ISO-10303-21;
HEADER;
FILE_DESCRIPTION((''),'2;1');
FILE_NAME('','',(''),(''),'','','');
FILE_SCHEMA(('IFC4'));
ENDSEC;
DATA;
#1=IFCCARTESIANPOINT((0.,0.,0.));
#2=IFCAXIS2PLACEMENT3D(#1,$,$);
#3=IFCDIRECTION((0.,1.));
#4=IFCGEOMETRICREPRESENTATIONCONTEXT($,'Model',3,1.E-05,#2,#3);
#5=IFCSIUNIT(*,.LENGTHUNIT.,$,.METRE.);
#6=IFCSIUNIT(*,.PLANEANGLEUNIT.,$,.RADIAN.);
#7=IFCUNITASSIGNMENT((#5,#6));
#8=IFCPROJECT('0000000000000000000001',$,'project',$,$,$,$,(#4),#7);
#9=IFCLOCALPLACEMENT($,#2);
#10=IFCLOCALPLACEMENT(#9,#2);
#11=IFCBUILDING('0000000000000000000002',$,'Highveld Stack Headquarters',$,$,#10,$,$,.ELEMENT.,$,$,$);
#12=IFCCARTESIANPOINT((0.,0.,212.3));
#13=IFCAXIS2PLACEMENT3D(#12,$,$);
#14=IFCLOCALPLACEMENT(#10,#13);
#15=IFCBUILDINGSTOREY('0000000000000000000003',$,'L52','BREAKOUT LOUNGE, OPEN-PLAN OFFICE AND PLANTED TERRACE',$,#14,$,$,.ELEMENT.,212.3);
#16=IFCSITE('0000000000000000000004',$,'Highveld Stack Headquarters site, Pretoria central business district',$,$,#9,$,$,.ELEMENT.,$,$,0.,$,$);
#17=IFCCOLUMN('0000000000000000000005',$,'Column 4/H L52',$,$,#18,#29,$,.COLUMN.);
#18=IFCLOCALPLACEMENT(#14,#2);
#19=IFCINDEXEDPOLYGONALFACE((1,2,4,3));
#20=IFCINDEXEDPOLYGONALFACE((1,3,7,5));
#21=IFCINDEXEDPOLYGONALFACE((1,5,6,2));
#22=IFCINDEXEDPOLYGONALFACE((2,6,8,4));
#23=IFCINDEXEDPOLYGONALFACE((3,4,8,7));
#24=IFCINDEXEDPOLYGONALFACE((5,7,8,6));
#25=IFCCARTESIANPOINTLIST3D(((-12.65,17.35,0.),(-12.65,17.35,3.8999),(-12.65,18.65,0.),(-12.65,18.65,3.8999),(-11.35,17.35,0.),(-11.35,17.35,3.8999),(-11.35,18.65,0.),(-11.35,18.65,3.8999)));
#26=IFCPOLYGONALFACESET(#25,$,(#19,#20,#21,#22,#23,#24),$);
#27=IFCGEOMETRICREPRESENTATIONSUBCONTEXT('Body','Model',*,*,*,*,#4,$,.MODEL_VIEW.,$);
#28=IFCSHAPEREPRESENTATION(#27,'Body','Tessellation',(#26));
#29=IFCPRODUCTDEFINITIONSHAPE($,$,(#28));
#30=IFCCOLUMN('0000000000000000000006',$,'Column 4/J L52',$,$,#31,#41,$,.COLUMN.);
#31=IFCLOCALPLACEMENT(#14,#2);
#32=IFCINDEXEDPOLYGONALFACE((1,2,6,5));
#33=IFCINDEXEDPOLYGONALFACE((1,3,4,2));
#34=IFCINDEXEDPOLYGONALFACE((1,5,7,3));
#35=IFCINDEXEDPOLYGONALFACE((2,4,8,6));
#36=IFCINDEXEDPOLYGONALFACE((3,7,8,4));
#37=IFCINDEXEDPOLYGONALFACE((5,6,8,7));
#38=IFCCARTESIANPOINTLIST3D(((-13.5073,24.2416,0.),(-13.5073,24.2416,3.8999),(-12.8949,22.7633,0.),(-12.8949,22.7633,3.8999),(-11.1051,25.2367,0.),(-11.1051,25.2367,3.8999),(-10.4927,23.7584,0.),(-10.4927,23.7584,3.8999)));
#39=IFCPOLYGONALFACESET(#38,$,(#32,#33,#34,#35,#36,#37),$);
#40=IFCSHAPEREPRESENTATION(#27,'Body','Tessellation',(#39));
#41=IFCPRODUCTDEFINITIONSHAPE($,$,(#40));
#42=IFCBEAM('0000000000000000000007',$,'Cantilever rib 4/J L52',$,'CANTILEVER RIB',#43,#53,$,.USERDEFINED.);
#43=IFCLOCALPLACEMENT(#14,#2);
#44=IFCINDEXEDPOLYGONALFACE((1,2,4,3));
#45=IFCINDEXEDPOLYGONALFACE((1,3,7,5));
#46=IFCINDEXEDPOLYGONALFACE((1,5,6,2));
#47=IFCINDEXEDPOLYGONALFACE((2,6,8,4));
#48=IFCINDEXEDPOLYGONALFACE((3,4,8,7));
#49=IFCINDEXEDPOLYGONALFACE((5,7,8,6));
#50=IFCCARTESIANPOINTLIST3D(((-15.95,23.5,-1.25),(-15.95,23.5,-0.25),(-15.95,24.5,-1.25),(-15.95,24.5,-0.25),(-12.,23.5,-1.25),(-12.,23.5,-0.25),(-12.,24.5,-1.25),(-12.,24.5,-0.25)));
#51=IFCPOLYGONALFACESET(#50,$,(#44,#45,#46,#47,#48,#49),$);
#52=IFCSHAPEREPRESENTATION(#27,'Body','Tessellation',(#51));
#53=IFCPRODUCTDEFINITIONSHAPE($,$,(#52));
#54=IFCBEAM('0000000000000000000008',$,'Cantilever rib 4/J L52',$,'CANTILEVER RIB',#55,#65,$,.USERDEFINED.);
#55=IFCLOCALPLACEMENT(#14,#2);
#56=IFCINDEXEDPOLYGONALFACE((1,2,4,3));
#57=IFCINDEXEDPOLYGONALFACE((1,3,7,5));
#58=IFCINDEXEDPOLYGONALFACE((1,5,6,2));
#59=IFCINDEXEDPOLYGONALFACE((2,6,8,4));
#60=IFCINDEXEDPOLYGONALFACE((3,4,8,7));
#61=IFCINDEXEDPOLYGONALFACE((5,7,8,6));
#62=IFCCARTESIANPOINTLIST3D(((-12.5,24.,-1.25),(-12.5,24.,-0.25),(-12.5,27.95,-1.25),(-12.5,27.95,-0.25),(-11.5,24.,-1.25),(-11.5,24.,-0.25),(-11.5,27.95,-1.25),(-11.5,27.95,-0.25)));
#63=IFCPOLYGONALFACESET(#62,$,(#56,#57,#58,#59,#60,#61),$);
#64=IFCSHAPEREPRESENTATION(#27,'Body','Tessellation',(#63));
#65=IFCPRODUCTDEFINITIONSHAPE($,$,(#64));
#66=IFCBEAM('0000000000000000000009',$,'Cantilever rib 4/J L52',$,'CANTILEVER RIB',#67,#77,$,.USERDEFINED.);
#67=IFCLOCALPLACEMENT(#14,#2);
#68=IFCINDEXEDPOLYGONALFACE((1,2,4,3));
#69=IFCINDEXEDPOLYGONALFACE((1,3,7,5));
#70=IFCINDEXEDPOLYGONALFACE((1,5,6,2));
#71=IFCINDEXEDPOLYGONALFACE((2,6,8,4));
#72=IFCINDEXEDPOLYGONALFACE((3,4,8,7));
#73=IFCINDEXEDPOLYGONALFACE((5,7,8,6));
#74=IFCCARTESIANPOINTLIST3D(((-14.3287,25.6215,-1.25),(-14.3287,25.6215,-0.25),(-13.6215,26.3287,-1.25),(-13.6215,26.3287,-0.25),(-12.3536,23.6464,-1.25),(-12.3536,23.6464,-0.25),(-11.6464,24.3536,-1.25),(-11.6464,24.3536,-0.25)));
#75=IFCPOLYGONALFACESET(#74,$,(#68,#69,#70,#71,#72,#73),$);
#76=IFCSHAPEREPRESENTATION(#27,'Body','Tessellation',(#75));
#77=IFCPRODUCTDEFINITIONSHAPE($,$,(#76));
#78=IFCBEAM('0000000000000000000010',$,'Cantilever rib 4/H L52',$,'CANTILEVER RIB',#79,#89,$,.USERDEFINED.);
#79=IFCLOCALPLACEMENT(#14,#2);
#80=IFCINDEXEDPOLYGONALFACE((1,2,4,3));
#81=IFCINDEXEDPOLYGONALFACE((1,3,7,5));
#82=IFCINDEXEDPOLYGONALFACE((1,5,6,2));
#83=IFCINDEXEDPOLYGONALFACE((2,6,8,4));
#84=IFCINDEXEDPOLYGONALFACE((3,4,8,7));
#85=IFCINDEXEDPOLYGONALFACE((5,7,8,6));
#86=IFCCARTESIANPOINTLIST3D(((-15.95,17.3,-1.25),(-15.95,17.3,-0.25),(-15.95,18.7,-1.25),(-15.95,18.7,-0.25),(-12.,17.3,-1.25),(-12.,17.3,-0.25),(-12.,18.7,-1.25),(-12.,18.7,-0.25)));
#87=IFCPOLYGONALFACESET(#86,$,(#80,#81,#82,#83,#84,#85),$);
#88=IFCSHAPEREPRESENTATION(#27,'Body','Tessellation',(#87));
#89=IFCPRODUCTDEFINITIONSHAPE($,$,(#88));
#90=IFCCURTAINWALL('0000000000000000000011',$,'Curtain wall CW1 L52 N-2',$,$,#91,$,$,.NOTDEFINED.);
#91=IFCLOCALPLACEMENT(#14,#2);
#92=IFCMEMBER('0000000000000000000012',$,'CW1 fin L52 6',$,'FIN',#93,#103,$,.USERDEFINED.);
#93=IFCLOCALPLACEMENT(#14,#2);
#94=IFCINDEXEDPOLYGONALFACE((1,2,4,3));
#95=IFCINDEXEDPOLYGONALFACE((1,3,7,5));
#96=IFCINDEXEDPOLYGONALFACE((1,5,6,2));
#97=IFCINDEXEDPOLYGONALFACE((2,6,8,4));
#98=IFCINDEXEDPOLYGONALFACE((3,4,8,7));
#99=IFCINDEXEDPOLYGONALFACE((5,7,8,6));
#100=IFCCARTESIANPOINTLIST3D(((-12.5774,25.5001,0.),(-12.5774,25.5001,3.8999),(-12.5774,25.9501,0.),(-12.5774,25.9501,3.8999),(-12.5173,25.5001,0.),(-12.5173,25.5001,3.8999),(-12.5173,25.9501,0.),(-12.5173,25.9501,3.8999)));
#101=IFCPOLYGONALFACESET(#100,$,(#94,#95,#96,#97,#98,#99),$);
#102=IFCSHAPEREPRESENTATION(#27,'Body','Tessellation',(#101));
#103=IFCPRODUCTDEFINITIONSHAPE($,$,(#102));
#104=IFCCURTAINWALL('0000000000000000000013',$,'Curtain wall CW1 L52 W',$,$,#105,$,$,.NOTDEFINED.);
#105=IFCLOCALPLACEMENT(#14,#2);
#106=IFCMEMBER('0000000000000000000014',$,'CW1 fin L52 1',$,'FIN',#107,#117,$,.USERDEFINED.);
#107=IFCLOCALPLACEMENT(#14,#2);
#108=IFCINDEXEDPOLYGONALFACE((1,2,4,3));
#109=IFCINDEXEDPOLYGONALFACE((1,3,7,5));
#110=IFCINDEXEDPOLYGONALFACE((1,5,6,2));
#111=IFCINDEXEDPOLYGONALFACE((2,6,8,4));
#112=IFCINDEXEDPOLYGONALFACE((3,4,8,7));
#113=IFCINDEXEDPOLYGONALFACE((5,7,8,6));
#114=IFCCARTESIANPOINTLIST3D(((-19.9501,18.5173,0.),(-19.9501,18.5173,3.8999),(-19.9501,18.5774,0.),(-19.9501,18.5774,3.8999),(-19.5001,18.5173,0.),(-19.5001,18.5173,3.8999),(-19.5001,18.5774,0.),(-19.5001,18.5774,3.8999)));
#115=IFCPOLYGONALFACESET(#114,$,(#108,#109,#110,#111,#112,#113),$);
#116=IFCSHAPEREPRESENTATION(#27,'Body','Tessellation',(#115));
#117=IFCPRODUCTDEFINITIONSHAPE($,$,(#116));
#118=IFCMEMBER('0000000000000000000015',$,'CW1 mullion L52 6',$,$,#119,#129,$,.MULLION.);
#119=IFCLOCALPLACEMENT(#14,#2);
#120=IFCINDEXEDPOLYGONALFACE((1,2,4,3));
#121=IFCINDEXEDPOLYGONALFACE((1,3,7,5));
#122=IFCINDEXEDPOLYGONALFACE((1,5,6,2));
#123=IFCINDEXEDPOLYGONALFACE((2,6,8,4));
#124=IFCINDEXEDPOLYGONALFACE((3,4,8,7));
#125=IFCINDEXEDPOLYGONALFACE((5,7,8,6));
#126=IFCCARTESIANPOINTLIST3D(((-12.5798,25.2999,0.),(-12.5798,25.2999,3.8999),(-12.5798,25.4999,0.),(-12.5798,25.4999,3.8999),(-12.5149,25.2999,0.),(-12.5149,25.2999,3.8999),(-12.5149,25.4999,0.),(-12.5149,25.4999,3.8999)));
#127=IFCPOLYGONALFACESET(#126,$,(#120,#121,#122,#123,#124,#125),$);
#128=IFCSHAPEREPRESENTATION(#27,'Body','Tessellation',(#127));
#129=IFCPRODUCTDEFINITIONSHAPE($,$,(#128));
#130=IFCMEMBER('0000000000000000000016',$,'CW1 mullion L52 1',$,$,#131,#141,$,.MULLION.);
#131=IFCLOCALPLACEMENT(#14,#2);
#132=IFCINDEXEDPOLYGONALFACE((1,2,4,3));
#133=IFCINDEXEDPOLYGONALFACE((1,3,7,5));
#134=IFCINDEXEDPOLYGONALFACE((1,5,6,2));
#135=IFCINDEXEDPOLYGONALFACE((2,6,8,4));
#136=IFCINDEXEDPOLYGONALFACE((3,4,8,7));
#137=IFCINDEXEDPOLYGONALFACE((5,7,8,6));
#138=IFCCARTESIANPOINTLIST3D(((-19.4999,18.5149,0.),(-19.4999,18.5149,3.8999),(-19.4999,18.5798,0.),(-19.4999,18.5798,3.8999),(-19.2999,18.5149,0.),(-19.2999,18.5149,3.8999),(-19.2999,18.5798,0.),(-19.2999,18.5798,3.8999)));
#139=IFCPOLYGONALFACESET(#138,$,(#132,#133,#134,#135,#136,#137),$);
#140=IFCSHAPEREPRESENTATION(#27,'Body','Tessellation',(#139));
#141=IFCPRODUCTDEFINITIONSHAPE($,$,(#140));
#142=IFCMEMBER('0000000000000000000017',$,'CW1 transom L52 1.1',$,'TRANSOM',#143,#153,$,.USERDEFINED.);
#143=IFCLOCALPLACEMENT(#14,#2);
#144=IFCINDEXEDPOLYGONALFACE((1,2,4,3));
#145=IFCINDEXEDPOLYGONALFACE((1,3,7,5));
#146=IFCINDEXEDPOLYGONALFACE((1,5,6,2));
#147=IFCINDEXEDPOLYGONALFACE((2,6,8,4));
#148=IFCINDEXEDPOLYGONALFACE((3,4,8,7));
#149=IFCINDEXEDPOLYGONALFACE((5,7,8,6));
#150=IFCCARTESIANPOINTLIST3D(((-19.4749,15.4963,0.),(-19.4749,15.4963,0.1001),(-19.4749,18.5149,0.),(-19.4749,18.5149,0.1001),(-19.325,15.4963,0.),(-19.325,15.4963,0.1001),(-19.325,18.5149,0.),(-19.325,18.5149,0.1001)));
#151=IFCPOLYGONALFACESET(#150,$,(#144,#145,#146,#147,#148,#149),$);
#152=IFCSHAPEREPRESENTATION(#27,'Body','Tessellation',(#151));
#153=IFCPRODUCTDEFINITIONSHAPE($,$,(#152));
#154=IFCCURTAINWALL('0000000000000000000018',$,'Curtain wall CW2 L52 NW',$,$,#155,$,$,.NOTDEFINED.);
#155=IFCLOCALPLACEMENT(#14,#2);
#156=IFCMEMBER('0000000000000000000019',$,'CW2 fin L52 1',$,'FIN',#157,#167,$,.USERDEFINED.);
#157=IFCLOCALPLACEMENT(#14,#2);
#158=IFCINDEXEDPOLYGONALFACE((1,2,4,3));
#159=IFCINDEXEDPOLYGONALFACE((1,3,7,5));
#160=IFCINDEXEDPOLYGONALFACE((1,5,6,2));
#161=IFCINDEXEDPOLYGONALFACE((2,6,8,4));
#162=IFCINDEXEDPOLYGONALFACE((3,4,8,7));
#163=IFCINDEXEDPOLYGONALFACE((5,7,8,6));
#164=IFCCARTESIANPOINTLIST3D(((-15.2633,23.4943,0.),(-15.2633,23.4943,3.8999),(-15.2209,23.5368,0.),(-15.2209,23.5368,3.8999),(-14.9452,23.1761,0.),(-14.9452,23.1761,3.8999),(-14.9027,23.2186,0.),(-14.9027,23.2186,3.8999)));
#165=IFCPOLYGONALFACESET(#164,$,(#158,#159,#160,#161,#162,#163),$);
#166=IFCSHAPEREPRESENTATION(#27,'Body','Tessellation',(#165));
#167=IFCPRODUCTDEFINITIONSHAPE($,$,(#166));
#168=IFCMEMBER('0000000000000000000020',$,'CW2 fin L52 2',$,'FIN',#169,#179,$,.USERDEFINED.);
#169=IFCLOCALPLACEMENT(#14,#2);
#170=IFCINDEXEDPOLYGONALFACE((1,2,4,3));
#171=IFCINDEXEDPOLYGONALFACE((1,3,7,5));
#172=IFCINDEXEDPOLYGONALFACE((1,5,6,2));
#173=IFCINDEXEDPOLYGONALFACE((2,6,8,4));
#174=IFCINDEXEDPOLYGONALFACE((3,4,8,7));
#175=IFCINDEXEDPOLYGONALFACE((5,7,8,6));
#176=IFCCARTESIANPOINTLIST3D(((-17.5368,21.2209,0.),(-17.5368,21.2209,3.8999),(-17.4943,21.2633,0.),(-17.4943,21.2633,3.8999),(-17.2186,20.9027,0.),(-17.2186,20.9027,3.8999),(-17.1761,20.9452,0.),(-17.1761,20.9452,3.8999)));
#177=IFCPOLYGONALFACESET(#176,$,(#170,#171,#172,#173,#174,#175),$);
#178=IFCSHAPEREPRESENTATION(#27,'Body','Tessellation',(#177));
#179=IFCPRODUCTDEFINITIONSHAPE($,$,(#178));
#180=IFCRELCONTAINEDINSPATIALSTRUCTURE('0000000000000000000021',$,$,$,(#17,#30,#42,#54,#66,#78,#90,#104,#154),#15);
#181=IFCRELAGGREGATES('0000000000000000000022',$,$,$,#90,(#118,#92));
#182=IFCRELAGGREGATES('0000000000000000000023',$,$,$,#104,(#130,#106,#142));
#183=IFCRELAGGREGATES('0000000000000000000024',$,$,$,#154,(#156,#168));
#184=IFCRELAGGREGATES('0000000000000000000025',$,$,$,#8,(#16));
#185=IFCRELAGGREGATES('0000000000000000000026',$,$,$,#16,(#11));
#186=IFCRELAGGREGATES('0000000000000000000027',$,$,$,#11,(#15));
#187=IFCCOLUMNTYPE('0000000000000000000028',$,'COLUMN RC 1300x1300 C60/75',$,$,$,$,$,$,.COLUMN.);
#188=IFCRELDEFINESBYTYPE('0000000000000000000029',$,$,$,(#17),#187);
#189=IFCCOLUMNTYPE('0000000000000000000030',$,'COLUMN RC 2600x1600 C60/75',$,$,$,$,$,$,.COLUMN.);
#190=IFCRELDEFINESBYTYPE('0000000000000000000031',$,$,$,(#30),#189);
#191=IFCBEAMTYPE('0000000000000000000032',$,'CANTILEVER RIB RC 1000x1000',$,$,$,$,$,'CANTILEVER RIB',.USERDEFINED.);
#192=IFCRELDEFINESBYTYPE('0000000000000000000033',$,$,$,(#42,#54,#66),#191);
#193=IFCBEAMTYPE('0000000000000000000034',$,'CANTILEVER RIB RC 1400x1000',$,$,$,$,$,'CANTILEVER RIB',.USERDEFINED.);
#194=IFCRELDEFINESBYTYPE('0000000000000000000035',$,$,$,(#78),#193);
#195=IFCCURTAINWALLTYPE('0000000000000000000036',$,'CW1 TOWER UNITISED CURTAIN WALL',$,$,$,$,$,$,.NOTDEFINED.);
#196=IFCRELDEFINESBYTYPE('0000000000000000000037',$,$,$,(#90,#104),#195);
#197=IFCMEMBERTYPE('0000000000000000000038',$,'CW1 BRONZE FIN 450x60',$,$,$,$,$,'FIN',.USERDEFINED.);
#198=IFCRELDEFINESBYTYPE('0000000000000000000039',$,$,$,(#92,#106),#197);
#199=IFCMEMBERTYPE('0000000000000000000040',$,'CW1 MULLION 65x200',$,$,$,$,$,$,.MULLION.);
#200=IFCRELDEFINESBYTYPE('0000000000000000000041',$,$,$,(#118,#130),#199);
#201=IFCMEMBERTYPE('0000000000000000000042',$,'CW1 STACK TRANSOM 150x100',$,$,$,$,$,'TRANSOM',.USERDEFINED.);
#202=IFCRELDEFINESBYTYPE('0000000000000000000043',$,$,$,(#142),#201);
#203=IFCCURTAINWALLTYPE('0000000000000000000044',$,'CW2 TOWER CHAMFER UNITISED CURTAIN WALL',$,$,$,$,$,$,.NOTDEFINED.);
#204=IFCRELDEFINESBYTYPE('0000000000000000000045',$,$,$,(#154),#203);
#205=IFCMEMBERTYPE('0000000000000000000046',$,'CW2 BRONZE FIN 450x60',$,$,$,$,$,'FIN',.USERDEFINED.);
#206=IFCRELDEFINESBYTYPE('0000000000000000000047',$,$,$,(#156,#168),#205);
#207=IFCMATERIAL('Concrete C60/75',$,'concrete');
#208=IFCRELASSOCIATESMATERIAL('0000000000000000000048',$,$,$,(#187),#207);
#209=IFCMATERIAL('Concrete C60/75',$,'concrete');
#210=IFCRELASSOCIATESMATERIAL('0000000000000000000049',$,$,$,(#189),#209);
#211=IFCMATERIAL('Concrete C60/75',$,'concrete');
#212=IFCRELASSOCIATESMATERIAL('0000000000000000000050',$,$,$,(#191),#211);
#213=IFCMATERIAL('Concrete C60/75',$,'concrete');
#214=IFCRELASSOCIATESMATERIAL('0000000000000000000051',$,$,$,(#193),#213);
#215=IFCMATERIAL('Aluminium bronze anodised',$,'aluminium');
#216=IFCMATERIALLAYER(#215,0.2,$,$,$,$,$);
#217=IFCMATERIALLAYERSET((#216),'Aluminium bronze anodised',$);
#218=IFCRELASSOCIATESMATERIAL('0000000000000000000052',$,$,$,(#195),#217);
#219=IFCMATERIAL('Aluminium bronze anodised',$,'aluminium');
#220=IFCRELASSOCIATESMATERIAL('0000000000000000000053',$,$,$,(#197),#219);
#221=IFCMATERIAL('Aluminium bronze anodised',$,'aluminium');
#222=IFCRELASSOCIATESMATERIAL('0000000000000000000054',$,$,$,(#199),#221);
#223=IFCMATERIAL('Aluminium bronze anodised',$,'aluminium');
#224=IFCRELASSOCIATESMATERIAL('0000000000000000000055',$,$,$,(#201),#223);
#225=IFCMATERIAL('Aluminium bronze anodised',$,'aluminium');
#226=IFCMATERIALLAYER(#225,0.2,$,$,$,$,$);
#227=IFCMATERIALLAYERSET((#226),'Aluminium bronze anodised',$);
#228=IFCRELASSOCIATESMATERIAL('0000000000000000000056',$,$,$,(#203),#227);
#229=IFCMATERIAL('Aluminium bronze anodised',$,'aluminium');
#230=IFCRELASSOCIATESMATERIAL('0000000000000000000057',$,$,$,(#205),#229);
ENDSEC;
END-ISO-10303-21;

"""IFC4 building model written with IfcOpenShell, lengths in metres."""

from ifc_helpers import new_model, si_unit, direction, frame, origin, origin_2d, place, context, subcontext, project, spatial, rectangle, extrude, material, layer, layer_set, material_profile, profile_set, type_object, element, aggregate, save


model = new_model("IFC4")

# Units and contexts
model_context = context("Model", 3, precision=1e-05, world=origin(), true_north=direction((0.0, 1.0)))
body_context = subcontext(model_context, "Body", "Model", "MODEL_VIEW")
ifc_project = project(units=[si_unit("LENGTHUNIT", "METRE"), si_unit("PLANEANGLEUNIT", "RADIAN")], contexts=[model_context])

# Site, building, storey
site_placement = place(None, origin())
site = spatial("IfcSite", under=ifc_project, at=site_placement, Name="Highveld Stack Headquarters site, Pretoria central business district", CompositionType="ELEMENT", RefElevation=0.0)
building_placement = place(site_placement, origin())
building = spatial("IfcBuilding", under=site, at=building_placement, Name="Highveld Stack Headquarters", CompositionType="ELEMENT")
storey_placement = place(building_placement, frame((0.0, 0.0, 212.3)))
storey = spatial("IfcBuildingStorey", under=building, at=storey_placement, Name="L52", Description="BREAKOUT LOUNGE, OPEN-PLAN OFFICE AND PLANTED TERRACE", CompositionType="ELEMENT", Elevation=212.3)

# Columns
ifc_material_1 = material(Name="Concrete C60/75", Category="concrete")
ifc_material_profile_1 = material_profile(ifc_material_1, rectangle(XDim=1.3, YDim=1.3, at=origin_2d()), Name="RC 1300x1300")
ifc_profile_set_1 = profile_set([ifc_material_profile_1], Name="Concrete C60/75")
column_type_1 = type_object("IfcColumnType", Name="COLUMN RC 1300x1300 C60/75", PredefinedType="COLUMN", material=ifc_profile_set_1)
column_1_placement = place(storey_placement, frame((-12.0, 18.0, 0.0), z_axis=(0.0, 0.0, 1.0), x_axis=(1.0, 0.0, 0.0)))
element("IfcColumn", 1, at=column_1_placement, inside=storey, type_object=column_type_1, Name="Column 4/H L52", PredefinedType="COLUMN", context=body_context, shape_type="SweptSolid", body=[
    extrude(rectangle(XDim=1.3, YDim=1.3, at=origin_2d()), origin(), (0.0, 0.0, 1.0), 3.8999),
])
ifc_material_2 = material(Name="Concrete C60/75", Category="concrete")
ifc_material_profile_2 = material_profile(ifc_material_2, rectangle(XDim=2.6001, YDim=1.6001, at=origin_2d()), Name="RC 2600x1600")
ifc_profile_set_2 = profile_set([ifc_material_profile_2], Name="Concrete C60/75")
column_type_2 = type_object("IfcColumnType", Name="COLUMN RC 2600x1600 C60/75", PredefinedType="COLUMN", material=ifc_profile_set_2)
column_2_placement = place(storey_placement, frame((-12.0, 24.0, 0.0), z_axis=(0.0, 0.0, 1.0), x_axis=(0.92388, 0.382683, 0.0)))
element("IfcColumn", 2, at=column_2_placement, inside=storey, type_object=column_type_2, Name="Column 4/J L52", PredefinedType="COLUMN", context=body_context, shape_type="SweptSolid", body=[
    extrude(rectangle(XDim=2.6001, YDim=1.6001, at=origin_2d()), origin(), (0.0, 0.0, 1.0), 3.8999),
])

# Beams
ifc_material_3 = material(Name="Concrete C60/75", Category="concrete")
ifc_material_profile_3 = material_profile(ifc_material_3, rectangle(XDim=1.0, YDim=1.0, at=origin_2d()), Name="RC 1000x1000")
ifc_profile_set_3 = profile_set([ifc_material_profile_3], Name="Concrete C60/75")
beam_type_1 = type_object("IfcBeamType", Name="CANTILEVER RIB RC 1000x1000", ElementType="CANTILEVER RIB", PredefinedType="USERDEFINED", material=ifc_profile_set_3)
for number, where, z_axis, x_axis, name in (
    (3, (-12.0, 24.0, -0.75), (-1.0, 0.0, 0.0), (0.0, -1.0, 0.0), "Cantilever rib 4/J L52"),
    (4, (-12.0, 24.0, -0.75), (0.0, 1.0, 0.0), (-1.0, 0.0, 0.0), "Cantilever rib 4/J L52"),
):
    element("IfcBeam", number, at=place(storey_placement, frame(where, z_axis=z_axis, x_axis=x_axis)), inside=storey, type_object=beam_type_1, Name=name, ObjectType="CANTILEVER RIB", PredefinedType="USERDEFINED", context=body_context, shape_type="SweptSolid", body=[
        extrude(rectangle(XDim=1.0, YDim=1.0, at=origin_2d()), origin(), (0.0, 0.0, 1.0), 3.95),
    ])
beam_1_placement = place(storey_placement, frame((-12.0, 24.0, -0.75), z_axis=(-0.707107, 0.707107, 0.0), x_axis=(-0.707107, -0.707107, 0.0)))
element("IfcBeam", 5, at=beam_1_placement, inside=storey, type_object=beam_type_1, Name="Cantilever rib 4/J L52", ObjectType="CANTILEVER RIB", PredefinedType="USERDEFINED", context=body_context, shape_type="SweptSolid", body=[
    extrude(rectangle(XDim=1.0, YDim=1.0, at=origin_2d()), origin(), (0.0, 0.0, 1.0), 2.7932),
])
ifc_material_4 = material(Name="Concrete C60/75", Category="concrete")
ifc_material_profile_4 = material_profile(ifc_material_4, rectangle(XDim=1.3999, YDim=1.0, at=origin_2d()), Name="RC 1400x1000")
ifc_profile_set_4 = profile_set([ifc_material_profile_4], Name="Concrete C60/75")
beam_type_2 = type_object("IfcBeamType", Name="CANTILEVER RIB RC 1400x1000", ElementType="CANTILEVER RIB", PredefinedType="USERDEFINED", material=ifc_profile_set_4)
beam_2_placement = place(storey_placement, frame((-12.0, 18.0, -0.75), z_axis=(-1.0, 0.0, 0.0), x_axis=(0.0, -1.0, 0.0)))
element("IfcBeam", 6, at=beam_2_placement, inside=storey, type_object=beam_type_2, Name="Cantilever rib 4/H L52", ObjectType="CANTILEVER RIB", PredefinedType="USERDEFINED", context=body_context, shape_type="SweptSolid", body=[
    extrude(rectangle(XDim=1.3999, YDim=1.0, at=origin_2d()), origin(), (0.0, 0.0, 1.0), 3.95),
])

# Curtain walls, members
ifc_material_5 = material(Name="Aluminium bronze anodised", Category="aluminium")
ifc_layer_1 = layer(ifc_material_5, 0.2)
ifc_layer_set_1 = layer_set([ifc_layer_1], Name="Aluminium bronze anodised")
curtain_wall_type_1 = type_object("IfcCurtainWallType", Name="CW1 TOWER UNITISED CURTAIN WALL", PredefinedType="NOTDEFINED", material=ifc_layer_set_1)
curtain_wall_1_placement = place(storey_placement, origin())
curtain_wall_1 = element("IfcCurtainWall", 7, at=curtain_wall_1_placement, inside=storey, type_object=curtain_wall_type_1, Name="Curtain wall CW1 L52 N-2", PredefinedType="NOTDEFINED")
ifc_material_6 = material(Name="Aluminium bronze anodised", Category="aluminium")
ifc_material_profile_5 = material_profile(ifc_material_6, rectangle(XDim=0.45, YDim=0.0601, at=origin_2d()), Name="FIN 450x60")
ifc_profile_set_5 = profile_set([ifc_material_profile_5], Name="Aluminium bronze anodised")
member_type_1 = type_object("IfcMemberType", Name="CW1 BRONZE FIN 450x60", ElementType="FIN", PredefinedType="USERDEFINED", material=ifc_profile_set_5)
member_1_placement = place(storey_placement, frame((-12.5474, 25.7251, 0.0), z_axis=(0.0, 0.0, 1.0), x_axis=(0.0, -1.0, 0.0)))
member_1 = element("IfcMember", 8, at=member_1_placement, type_object=member_type_1, Name="CW1 fin L52 6", ObjectType="FIN", PredefinedType="USERDEFINED", context=body_context, shape_type="SweptSolid", body=[
    extrude(rectangle(XDim=0.45, YDim=0.0601, at=origin_2d()), origin(), (0.0, 0.0, 1.0), 3.8999),
])
curtain_wall_2_placement = place(storey_placement, origin())
curtain_wall_2 = element("IfcCurtainWall", 9, at=curtain_wall_2_placement, inside=storey, type_object=curtain_wall_type_1, Name="Curtain wall CW1 L52 W", PredefinedType="NOTDEFINED")
member_2_placement = place(storey_placement, frame((-19.7251, 18.5474, 0.0), z_axis=(0.0, 0.0, 1.0), x_axis=(1.0, 0.0, 0.0)))
member_2 = element("IfcMember", 10, at=member_2_placement, type_object=member_type_1, Name="CW1 fin L52 1", ObjectType="FIN", PredefinedType="USERDEFINED", context=body_context, shape_type="SweptSolid", body=[
    extrude(rectangle(XDim=0.45, YDim=0.0601, at=origin_2d()), origin(), (0.0, 0.0, 1.0), 3.8999),
])

# Members
ifc_material_7 = material(Name="Aluminium bronze anodised", Category="aluminium")
ifc_material_profile_6 = material_profile(ifc_material_7, rectangle(XDim=0.2, YDim=0.0649, at=origin_2d()), Name="CW1 MULLION 65x200")
ifc_profile_set_6 = profile_set([ifc_material_profile_6], Name="Aluminium bronze anodised")
member_type_2 = type_object("IfcMemberType", Name="CW1 MULLION 65x200", PredefinedType="MULLION", material=ifc_profile_set_6)
member_3_placement = place(storey_placement, frame((-12.5474, 25.3999, 0.0), z_axis=(0.0, 0.0, 1.0), x_axis=(0.0, -1.0, 0.0)))
member_3 = element("IfcMember", 11, at=member_3_placement, type_object=member_type_2, Name="CW1 mullion L52 6", PredefinedType="MULLION", context=body_context, shape_type="SweptSolid", body=[
    extrude(rectangle(XDim=0.2, YDim=0.0649, at=origin_2d()), origin(), (0.0, 0.0, 1.0), 3.8999),
])
aggregate(curtain_wall_1, [member_3, member_1])
member_4_placement = place(storey_placement, frame((-19.3999, 18.5474, 0.0), z_axis=(0.0, 0.0, 1.0), x_axis=(1.0, 0.0, 0.0)))
member_4 = element("IfcMember", 12, at=member_4_placement, type_object=member_type_2, Name="CW1 mullion L52 1", PredefinedType="MULLION", context=body_context, shape_type="SweptSolid", body=[
    extrude(rectangle(XDim=0.2, YDim=0.0649, at=origin_2d()), origin(), (0.0, 0.0, 1.0), 3.8999),
])
ifc_material_8 = material(Name="Aluminium bronze anodised", Category="aluminium")
ifc_material_profile_7 = material_profile(ifc_material_8, rectangle(XDim=0.1499, YDim=0.1001, at=origin_2d()), Name="CW1 TRANSOM 150x100")
ifc_profile_set_7 = profile_set([ifc_material_profile_7], Name="Aluminium bronze anodised")
member_type_3 = type_object("IfcMemberType", Name="CW1 STACK TRANSOM 150x100", ElementType="TRANSOM", PredefinedType="USERDEFINED", material=ifc_profile_set_7)
member_5_placement = place(storey_placement, frame((-19.3999, 18.5149, 0.05), z_axis=(0.0, -1.0, 0.0), x_axis=(1.0, 0.0, 0.0)))
member_5 = element("IfcMember", 13, at=member_5_placement, type_object=member_type_3, Name="CW1 transom L52 1.1", ObjectType="TRANSOM", PredefinedType="USERDEFINED", context=body_context, shape_type="SweptSolid", body=[
    extrude(rectangle(XDim=0.1499, YDim=0.1001, at=origin_2d()), origin(), (0.0, 0.0, 1.0), 3.0186),
])
aggregate(curtain_wall_2, [member_4, member_2, member_5])

# Curtain wall, members
ifc_material_9 = material(Name="Aluminium bronze anodised", Category="aluminium")
ifc_layer_2 = layer(ifc_material_9, 0.2)
ifc_layer_set_2 = layer_set([ifc_layer_2], Name="Aluminium bronze anodised")
curtain_wall_type_2 = type_object("IfcCurtainWallType", Name="CW2 TOWER CHAMFER UNITISED CURTAIN WALL", PredefinedType="NOTDEFINED", material=ifc_layer_set_2)
curtain_wall_3_placement = place(storey_placement, origin())
curtain_wall_3 = element("IfcCurtainWall", 14, at=curtain_wall_3_placement, inside=storey, type_object=curtain_wall_type_2, Name="Curtain wall CW2 L52 NW", PredefinedType="NOTDEFINED")
ifc_material_10 = material(Name="Aluminium bronze anodised", Category="aluminium")
ifc_material_profile_8 = material_profile(ifc_material_10, rectangle(XDim=0.45, YDim=0.0601, at=origin_2d()), Name="FIN 450x60")
ifc_profile_set_8 = profile_set([ifc_material_profile_8], Name="Aluminium bronze anodised")
member_type_4 = type_object("IfcMemberType", Name="CW2 BRONZE FIN 450x60", ElementType="FIN", PredefinedType="USERDEFINED", material=ifc_profile_set_8)
member_6_placement = place(storey_placement, frame((-15.083, 23.3564, 0.0), z_axis=(0.0, 0.0, 1.0), x_axis=(0.707107, -0.707107, 0.0)))
member_6 = element("IfcMember", 15, at=member_6_placement, type_object=member_type_4, Name="CW2 fin L52 1", ObjectType="FIN", PredefinedType="USERDEFINED", context=body_context, shape_type="SweptSolid", body=[
    extrude(rectangle(XDim=0.45, YDim=0.0601, at=origin_2d()), origin(), (0.0, 0.0, 1.0), 3.8999),
])
member_7_placement = place(storey_placement, frame((-17.3564, 21.083, 0.0), z_axis=(0.0, 0.0, 1.0), x_axis=(0.707107, -0.707107, 0.0)))
member_7 = element("IfcMember", 16, at=member_7_placement, type_object=member_type_4, Name="CW2 fin L52 2", ObjectType="FIN", PredefinedType="USERDEFINED", context=body_context, shape_type="SweptSolid", body=[
    extrude(rectangle(XDim=0.45, YDim=0.0601, at=origin_2d()), origin(), (0.0, 0.0, 1.0), 3.8999),
])

aggregate(curtain_wall_3, [member_6, member_7])

save(model, "model.ifc")
